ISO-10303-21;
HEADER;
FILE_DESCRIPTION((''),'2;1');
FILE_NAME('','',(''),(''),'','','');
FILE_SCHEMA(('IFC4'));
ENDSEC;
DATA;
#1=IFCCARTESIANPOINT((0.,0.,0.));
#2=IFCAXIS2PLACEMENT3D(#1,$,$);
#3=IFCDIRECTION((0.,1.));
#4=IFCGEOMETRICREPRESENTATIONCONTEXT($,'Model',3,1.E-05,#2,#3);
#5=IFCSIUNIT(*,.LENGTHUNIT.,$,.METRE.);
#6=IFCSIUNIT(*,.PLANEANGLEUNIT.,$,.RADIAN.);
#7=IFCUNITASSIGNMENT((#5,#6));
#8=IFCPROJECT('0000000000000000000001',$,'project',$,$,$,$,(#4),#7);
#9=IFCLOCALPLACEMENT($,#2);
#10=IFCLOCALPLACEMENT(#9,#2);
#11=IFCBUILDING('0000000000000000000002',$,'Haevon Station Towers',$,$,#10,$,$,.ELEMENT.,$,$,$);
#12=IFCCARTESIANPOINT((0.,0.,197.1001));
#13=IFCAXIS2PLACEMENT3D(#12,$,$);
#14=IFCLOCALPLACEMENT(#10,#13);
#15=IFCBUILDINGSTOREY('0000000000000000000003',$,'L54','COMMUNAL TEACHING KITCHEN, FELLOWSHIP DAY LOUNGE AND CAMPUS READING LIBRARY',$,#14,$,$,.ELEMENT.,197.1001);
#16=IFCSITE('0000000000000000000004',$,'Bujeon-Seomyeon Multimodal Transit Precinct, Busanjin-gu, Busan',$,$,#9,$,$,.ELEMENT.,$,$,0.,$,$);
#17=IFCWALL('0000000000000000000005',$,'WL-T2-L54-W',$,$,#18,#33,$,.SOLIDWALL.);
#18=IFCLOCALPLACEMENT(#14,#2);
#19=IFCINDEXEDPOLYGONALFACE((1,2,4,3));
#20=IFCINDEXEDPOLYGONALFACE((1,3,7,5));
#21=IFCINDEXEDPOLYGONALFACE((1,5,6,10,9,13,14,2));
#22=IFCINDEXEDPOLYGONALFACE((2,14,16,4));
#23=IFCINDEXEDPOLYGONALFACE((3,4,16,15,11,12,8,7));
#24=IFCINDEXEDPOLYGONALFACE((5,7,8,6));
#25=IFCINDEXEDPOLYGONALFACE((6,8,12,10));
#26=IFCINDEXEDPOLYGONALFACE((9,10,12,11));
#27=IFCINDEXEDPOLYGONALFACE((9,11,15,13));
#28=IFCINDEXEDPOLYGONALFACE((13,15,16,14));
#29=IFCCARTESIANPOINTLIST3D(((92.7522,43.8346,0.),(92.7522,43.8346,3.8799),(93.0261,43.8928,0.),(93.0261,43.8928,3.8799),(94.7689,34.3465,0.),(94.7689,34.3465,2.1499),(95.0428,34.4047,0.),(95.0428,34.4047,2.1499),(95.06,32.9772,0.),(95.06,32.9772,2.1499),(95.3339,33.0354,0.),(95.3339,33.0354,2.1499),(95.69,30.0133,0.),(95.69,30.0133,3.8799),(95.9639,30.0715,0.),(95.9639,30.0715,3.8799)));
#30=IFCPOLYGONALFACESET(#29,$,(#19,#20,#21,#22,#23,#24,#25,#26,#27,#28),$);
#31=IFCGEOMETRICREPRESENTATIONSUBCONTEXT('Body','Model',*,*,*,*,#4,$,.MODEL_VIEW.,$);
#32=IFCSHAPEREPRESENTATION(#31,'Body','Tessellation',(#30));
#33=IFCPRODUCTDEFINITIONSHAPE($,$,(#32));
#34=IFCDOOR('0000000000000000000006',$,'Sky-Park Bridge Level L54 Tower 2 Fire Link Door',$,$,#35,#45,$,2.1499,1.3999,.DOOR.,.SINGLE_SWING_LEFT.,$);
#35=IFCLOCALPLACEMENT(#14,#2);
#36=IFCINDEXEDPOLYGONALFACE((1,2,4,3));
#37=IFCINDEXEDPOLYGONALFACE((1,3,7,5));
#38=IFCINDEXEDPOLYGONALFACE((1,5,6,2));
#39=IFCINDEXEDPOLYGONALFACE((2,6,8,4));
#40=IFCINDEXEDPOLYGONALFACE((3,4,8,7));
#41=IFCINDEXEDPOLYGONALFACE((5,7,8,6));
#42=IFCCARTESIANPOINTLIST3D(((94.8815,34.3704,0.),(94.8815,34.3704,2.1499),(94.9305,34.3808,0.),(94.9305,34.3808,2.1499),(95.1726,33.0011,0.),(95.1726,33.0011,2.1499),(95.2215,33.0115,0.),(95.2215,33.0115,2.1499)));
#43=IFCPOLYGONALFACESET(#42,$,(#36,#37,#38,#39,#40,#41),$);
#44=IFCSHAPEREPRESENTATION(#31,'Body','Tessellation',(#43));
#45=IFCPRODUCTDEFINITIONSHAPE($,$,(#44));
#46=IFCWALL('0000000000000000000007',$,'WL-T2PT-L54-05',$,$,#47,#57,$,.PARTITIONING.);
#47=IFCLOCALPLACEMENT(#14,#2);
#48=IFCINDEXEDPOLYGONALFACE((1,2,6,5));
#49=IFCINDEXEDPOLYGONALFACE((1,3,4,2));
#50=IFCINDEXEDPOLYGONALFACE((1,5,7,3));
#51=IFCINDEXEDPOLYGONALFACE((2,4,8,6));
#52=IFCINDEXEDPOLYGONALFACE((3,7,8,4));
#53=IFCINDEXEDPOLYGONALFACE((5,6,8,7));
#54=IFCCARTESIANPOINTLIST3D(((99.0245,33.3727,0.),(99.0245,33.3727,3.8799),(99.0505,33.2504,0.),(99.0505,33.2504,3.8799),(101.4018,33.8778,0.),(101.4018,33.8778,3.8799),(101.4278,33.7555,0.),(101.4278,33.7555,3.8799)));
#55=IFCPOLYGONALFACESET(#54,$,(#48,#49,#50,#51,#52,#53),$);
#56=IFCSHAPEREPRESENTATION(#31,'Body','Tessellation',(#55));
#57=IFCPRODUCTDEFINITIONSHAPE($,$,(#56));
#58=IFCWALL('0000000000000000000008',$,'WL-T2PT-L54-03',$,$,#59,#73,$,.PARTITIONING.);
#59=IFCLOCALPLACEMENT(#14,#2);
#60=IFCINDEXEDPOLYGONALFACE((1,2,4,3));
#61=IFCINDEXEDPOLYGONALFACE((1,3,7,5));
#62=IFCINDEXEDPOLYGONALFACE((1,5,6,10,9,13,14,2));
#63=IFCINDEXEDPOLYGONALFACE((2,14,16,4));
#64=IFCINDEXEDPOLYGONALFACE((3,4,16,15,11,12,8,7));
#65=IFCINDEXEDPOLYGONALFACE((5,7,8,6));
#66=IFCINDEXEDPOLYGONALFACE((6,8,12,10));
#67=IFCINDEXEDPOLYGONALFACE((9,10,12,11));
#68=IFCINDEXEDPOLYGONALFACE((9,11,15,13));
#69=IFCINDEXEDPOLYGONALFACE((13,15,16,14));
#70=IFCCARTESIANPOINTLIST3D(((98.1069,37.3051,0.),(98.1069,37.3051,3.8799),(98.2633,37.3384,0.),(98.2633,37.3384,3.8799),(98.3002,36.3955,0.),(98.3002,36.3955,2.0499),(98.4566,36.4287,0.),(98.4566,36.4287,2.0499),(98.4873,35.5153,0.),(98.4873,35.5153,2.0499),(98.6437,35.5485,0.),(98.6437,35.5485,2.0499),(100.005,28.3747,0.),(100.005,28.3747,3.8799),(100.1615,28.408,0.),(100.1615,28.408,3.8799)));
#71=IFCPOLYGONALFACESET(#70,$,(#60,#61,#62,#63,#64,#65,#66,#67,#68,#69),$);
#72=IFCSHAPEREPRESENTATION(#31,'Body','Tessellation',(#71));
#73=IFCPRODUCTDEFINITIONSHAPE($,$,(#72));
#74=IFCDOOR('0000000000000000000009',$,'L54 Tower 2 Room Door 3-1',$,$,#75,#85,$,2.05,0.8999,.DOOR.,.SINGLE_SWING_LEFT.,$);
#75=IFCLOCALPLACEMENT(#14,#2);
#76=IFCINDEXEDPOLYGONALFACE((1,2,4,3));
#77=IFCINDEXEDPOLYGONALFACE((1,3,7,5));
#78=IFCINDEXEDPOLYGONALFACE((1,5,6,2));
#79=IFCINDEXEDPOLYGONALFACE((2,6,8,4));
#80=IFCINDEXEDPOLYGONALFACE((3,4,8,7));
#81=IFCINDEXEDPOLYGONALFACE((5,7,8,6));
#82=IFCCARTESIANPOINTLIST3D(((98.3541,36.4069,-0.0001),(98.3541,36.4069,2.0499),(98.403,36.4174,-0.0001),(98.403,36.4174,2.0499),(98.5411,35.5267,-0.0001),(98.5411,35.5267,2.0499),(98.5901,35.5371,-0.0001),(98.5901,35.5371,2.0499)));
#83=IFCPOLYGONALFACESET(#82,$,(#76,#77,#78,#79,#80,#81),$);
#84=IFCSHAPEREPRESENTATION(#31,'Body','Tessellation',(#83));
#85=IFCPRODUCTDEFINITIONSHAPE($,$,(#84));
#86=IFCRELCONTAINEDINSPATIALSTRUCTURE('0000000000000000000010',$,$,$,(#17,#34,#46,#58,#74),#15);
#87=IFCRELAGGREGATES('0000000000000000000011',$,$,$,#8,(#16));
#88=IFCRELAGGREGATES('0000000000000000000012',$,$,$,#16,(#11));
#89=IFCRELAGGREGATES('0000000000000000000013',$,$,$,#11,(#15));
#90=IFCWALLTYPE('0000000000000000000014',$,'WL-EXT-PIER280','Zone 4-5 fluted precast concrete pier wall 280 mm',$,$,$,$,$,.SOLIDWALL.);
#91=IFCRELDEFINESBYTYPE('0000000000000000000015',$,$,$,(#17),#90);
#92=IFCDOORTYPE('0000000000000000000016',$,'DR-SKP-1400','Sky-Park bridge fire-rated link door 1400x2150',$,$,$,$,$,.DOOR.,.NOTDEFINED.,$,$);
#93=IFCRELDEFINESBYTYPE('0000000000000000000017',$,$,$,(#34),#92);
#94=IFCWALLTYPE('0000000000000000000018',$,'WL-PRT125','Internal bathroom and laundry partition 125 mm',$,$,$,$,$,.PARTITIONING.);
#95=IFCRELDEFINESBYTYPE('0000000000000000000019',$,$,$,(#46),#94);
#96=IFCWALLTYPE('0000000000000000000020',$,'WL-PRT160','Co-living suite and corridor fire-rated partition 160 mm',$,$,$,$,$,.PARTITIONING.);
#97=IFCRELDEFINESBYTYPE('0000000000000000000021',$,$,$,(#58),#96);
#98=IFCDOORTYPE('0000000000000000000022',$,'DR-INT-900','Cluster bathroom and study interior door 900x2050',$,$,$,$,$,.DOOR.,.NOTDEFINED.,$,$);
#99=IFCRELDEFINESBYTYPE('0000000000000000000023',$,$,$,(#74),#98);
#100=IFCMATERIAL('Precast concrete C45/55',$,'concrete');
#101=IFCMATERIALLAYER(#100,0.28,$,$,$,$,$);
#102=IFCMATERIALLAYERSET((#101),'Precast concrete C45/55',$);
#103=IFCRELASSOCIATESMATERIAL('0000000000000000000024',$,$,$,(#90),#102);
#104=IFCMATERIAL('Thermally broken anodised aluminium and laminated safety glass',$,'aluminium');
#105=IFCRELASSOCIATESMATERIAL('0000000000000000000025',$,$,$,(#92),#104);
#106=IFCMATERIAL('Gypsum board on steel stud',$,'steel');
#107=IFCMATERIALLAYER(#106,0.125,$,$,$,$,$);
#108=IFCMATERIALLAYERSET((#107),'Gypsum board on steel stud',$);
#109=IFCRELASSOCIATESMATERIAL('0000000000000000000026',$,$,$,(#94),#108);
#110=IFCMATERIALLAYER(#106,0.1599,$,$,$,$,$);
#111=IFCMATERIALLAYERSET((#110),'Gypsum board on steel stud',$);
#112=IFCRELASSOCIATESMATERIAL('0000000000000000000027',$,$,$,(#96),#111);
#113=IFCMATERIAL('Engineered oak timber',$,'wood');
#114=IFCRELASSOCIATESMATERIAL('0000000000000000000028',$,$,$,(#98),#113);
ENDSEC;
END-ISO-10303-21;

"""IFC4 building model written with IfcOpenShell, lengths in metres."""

from ifc_helpers import new_model, si_unit, direction, frame, frame_2d, origin, place, context, subcontext, project, spatial, rectangle, extrude, material, layer, layer_set, type_object, element, fill, save


model = new_model("IFC4")

# Units and contexts
model_context = context("Model", 3, precision=1e-05, world=origin(), true_north=direction((0.0, 1.0)))
body_context = subcontext(model_context, "Body", "Model", "MODEL_VIEW")
ifc_project = project(units=[si_unit("LENGTHUNIT", "METRE"), si_unit("PLANEANGLEUNIT", "RADIAN")], contexts=[model_context])

# Site, building, storey
site_placement = place(None, origin())
site = spatial("IfcSite", under=ifc_project, at=site_placement, Name="Bujeon-Seomyeon Multimodal Transit Precinct, Busanjin-gu, Busan", CompositionType="ELEMENT", RefElevation=0.0)
building_placement = place(site_placement, origin())
building = spatial("IfcBuilding", under=site, at=building_placement, Name="Haevon Station Towers", CompositionType="ELEMENT")
storey_placement = place(building_placement, frame((0.0, 0.0, 197.1001)))
storey = spatial("IfcBuildingStorey", under=building, at=storey_placement, Name="L54", Description="COMMUNAL TEACHING KITCHEN, FELLOWSHIP DAY LOUNGE AND CAMPUS READING LIBRARY", CompositionType="ELEMENT", Elevation=197.1001)

# Shared definitions
ifc_material_1 = material(Name="Precast concrete C45/55", Category="concrete")
ifc_layer_1 = layer(ifc_material_1, 0.28)
ifc_layer_set_1 = layer_set([ifc_layer_1], Name="Precast concrete C45/55")
wall_type_1 = type_object("IfcWallType", Name="WL-EXT-PIER280", Description="Zone 4-5 fluted precast concrete pier wall 280 mm", PredefinedType="SOLIDWALL", material=ifc_layer_set_1)

# Wall, opening, door
wall_1_placement = place(storey_placement, frame((95.8269, 30.0425, 0.0), z_axis=(0.0, 0.0, 1.0), x_axis=(-0.207908, 0.978148, 0.0)))
wall_1 = element("IfcWall", 1, at=wall_1_placement, inside=storey, type_object=wall_type_1, Name="WL-T2-L54-W", PredefinedType="SOLIDWALL", context=body_context, shape_type="SweptSolid", body=[
    extrude(rectangle(XDim=14.1301, YDim=0.28, at=frame_2d((7.0649, 0.0))), origin(), (0.0, 0.0, 1.0), 3.8799),
])
opening_1_placement = place(wall_1_placement, frame((3.03, 0.0, 0.0)))
opening_1 = element("IfcOpeningElement", 2, at=opening_1_placement, cuts=wall_1, PredefinedType="OPENING", context=body_context, shape_type="SweptSolid", body=[
    extrude(rectangle(XDim=1.3999, YDim=2.1499, at=frame_2d((0.7, 1.075))), frame((0.0, 0.1499, 0.0), z_axis=(0.0, -1.0, 0.0), x_axis=(1.0, 0.0, 0.0)), (0.0, 0.0, 1.0), 0.3),
])
ifc_material_2 = material(Name="Thermally broken anodised aluminium and laminated safety glass", Category="aluminium")
door_type_1 = type_object("IfcDoorType", Name="DR-SKP-1400", Description="Sky-Park bridge fire-rated link door 1400x2150", OperationType="NOTDEFINED", PredefinedType="DOOR", material=ifc_material_2)
door_1_placement = place(opening_1_placement, origin())
door_1 = element("IfcDoor", 3, at=door_1_placement, inside=storey, type_object=door_type_1, Name="Sky-Park Bridge Level L54 Tower 2 Fire Link Door", OperationType="SINGLE_SWING_LEFT", OverallHeight=2.1499, OverallWidth=1.3999, PredefinedType="DOOR", context=body_context, shape_type="SweptSolid", body=[
    extrude(rectangle(XDim=1.3999, YDim=2.1499, at=frame_2d((0.7, 1.075))), frame((0.0, 0.0249, 0.0), z_axis=(0.0, -1.0, 0.0), x_axis=(1.0, 0.0, 0.0)), (0.0, 0.0, 1.0), 0.05),
])
fill(opening_1, door_1)

# Wall
ifc_material_3 = material(Name="Gypsum board on steel stud", Category="steel")
ifc_layer_2 = layer(ifc_material_3, 0.125)
ifc_layer_set_2 = layer_set([ifc_layer_2], Name="Gypsum board on steel stud")
wall_type_2 = type_object("IfcWallType", Name="WL-PRT125", Description="Internal bathroom and laundry partition 125 mm", PredefinedType="PARTITIONING", material=ifc_layer_set_2)
wall_2_placement = place(storey_placement, frame((99.0374, 33.3115, 0.0), z_axis=(0.0, 0.0, 1.0), x_axis=(0.978165, 0.207828, 0.0)))
element("IfcWall", 4, at=wall_2_placement, inside=storey, type_object=wall_type_2, Name="WL-T2PT-L54-05", PredefinedType="PARTITIONING", context=body_context, shape_type="SweptSolid", body=[
    extrude(rectangle(XDim=2.4304, YDim=0.125, at=frame_2d((1.2153, 0.0))), origin(), (0.0, 0.0, 1.0), 3.8799),
])

# Wall, opening, door
ifc_layer_3 = layer(ifc_material_3, 0.1599)
ifc_layer_set_3 = layer_set([ifc_layer_3], Name="Gypsum board on steel stud")
wall_type_3 = type_object("IfcWallType", Name="WL-PRT160", Description="Co-living suite and corridor fire-rated partition 160 mm", PredefinedType="PARTITIONING", material=ifc_layer_set_3)
wall_3_placement = place(storey_placement, frame((100.0833, 28.3914, 0.0), z_axis=(0.0, 0.0, 1.0), x_axis=(-0.207909, 0.978148, 0.0)))
wall_3 = element("IfcWall", 5, at=wall_3_placement, inside=storey, type_object=wall_type_3, Name="WL-T2PT-L54-03", PredefinedType="PARTITIONING", context=body_context, shape_type="SweptSolid", body=[
    extrude(rectangle(XDim=9.1299, YDim=0.1599, at=frame_2d((4.5649, 0.0))), origin(), (0.0, 0.0, 1.0), 3.8799),
])
opening_2_placement = place(wall_3_placement, frame((7.3, 0.0, 0.0)))
opening_2 = element("IfcOpeningElement", 6, at=opening_2_placement, cuts=wall_3, PredefinedType="OPENING", context=body_context, shape_type="SweptSolid", body=[
    extrude(rectangle(XDim=0.8999, YDim=2.05, at=frame_2d((0.45, 1.0249))), frame((0.0, 0.0898, 0.0), z_axis=(0.0, -1.0, 0.0), x_axis=(1.0, 0.0, 0.0)), (0.0, 0.0, 1.0), 0.1799),
])
ifc_material_4 = material(Name="Engineered oak timber", Category="wood")
door_type_2 = type_object("IfcDoorType", Name="DR-INT-900", Description="Cluster bathroom and study interior door 900x2050", OperationType="NOTDEFINED", PredefinedType="DOOR", material=ifc_material_4)
door_2_placement = place(opening_2_placement, origin())
door_2 = element("IfcDoor", 7, at=door_2_placement, inside=storey, type_object=door_type_2, Name="L54 Tower 2 Room Door 3-1", OperationType="SINGLE_SWING_LEFT", OverallHeight=2.05, OverallWidth=0.8999, PredefinedType="DOOR", context=body_context, shape_type="SweptSolid", body=[
    extrude(rectangle(XDim=0.8999, YDim=2.05, at=frame_2d((0.45, 1.0249))), frame((0.0, 0.0249, 0.0), z_axis=(0.0, -1.0, 0.0), x_axis=(1.0, 0.0, 0.0)), (0.0, 0.0, 1.0), 0.05),
])
fill(opening_2, door_2)

save(model, "model.ifc")
